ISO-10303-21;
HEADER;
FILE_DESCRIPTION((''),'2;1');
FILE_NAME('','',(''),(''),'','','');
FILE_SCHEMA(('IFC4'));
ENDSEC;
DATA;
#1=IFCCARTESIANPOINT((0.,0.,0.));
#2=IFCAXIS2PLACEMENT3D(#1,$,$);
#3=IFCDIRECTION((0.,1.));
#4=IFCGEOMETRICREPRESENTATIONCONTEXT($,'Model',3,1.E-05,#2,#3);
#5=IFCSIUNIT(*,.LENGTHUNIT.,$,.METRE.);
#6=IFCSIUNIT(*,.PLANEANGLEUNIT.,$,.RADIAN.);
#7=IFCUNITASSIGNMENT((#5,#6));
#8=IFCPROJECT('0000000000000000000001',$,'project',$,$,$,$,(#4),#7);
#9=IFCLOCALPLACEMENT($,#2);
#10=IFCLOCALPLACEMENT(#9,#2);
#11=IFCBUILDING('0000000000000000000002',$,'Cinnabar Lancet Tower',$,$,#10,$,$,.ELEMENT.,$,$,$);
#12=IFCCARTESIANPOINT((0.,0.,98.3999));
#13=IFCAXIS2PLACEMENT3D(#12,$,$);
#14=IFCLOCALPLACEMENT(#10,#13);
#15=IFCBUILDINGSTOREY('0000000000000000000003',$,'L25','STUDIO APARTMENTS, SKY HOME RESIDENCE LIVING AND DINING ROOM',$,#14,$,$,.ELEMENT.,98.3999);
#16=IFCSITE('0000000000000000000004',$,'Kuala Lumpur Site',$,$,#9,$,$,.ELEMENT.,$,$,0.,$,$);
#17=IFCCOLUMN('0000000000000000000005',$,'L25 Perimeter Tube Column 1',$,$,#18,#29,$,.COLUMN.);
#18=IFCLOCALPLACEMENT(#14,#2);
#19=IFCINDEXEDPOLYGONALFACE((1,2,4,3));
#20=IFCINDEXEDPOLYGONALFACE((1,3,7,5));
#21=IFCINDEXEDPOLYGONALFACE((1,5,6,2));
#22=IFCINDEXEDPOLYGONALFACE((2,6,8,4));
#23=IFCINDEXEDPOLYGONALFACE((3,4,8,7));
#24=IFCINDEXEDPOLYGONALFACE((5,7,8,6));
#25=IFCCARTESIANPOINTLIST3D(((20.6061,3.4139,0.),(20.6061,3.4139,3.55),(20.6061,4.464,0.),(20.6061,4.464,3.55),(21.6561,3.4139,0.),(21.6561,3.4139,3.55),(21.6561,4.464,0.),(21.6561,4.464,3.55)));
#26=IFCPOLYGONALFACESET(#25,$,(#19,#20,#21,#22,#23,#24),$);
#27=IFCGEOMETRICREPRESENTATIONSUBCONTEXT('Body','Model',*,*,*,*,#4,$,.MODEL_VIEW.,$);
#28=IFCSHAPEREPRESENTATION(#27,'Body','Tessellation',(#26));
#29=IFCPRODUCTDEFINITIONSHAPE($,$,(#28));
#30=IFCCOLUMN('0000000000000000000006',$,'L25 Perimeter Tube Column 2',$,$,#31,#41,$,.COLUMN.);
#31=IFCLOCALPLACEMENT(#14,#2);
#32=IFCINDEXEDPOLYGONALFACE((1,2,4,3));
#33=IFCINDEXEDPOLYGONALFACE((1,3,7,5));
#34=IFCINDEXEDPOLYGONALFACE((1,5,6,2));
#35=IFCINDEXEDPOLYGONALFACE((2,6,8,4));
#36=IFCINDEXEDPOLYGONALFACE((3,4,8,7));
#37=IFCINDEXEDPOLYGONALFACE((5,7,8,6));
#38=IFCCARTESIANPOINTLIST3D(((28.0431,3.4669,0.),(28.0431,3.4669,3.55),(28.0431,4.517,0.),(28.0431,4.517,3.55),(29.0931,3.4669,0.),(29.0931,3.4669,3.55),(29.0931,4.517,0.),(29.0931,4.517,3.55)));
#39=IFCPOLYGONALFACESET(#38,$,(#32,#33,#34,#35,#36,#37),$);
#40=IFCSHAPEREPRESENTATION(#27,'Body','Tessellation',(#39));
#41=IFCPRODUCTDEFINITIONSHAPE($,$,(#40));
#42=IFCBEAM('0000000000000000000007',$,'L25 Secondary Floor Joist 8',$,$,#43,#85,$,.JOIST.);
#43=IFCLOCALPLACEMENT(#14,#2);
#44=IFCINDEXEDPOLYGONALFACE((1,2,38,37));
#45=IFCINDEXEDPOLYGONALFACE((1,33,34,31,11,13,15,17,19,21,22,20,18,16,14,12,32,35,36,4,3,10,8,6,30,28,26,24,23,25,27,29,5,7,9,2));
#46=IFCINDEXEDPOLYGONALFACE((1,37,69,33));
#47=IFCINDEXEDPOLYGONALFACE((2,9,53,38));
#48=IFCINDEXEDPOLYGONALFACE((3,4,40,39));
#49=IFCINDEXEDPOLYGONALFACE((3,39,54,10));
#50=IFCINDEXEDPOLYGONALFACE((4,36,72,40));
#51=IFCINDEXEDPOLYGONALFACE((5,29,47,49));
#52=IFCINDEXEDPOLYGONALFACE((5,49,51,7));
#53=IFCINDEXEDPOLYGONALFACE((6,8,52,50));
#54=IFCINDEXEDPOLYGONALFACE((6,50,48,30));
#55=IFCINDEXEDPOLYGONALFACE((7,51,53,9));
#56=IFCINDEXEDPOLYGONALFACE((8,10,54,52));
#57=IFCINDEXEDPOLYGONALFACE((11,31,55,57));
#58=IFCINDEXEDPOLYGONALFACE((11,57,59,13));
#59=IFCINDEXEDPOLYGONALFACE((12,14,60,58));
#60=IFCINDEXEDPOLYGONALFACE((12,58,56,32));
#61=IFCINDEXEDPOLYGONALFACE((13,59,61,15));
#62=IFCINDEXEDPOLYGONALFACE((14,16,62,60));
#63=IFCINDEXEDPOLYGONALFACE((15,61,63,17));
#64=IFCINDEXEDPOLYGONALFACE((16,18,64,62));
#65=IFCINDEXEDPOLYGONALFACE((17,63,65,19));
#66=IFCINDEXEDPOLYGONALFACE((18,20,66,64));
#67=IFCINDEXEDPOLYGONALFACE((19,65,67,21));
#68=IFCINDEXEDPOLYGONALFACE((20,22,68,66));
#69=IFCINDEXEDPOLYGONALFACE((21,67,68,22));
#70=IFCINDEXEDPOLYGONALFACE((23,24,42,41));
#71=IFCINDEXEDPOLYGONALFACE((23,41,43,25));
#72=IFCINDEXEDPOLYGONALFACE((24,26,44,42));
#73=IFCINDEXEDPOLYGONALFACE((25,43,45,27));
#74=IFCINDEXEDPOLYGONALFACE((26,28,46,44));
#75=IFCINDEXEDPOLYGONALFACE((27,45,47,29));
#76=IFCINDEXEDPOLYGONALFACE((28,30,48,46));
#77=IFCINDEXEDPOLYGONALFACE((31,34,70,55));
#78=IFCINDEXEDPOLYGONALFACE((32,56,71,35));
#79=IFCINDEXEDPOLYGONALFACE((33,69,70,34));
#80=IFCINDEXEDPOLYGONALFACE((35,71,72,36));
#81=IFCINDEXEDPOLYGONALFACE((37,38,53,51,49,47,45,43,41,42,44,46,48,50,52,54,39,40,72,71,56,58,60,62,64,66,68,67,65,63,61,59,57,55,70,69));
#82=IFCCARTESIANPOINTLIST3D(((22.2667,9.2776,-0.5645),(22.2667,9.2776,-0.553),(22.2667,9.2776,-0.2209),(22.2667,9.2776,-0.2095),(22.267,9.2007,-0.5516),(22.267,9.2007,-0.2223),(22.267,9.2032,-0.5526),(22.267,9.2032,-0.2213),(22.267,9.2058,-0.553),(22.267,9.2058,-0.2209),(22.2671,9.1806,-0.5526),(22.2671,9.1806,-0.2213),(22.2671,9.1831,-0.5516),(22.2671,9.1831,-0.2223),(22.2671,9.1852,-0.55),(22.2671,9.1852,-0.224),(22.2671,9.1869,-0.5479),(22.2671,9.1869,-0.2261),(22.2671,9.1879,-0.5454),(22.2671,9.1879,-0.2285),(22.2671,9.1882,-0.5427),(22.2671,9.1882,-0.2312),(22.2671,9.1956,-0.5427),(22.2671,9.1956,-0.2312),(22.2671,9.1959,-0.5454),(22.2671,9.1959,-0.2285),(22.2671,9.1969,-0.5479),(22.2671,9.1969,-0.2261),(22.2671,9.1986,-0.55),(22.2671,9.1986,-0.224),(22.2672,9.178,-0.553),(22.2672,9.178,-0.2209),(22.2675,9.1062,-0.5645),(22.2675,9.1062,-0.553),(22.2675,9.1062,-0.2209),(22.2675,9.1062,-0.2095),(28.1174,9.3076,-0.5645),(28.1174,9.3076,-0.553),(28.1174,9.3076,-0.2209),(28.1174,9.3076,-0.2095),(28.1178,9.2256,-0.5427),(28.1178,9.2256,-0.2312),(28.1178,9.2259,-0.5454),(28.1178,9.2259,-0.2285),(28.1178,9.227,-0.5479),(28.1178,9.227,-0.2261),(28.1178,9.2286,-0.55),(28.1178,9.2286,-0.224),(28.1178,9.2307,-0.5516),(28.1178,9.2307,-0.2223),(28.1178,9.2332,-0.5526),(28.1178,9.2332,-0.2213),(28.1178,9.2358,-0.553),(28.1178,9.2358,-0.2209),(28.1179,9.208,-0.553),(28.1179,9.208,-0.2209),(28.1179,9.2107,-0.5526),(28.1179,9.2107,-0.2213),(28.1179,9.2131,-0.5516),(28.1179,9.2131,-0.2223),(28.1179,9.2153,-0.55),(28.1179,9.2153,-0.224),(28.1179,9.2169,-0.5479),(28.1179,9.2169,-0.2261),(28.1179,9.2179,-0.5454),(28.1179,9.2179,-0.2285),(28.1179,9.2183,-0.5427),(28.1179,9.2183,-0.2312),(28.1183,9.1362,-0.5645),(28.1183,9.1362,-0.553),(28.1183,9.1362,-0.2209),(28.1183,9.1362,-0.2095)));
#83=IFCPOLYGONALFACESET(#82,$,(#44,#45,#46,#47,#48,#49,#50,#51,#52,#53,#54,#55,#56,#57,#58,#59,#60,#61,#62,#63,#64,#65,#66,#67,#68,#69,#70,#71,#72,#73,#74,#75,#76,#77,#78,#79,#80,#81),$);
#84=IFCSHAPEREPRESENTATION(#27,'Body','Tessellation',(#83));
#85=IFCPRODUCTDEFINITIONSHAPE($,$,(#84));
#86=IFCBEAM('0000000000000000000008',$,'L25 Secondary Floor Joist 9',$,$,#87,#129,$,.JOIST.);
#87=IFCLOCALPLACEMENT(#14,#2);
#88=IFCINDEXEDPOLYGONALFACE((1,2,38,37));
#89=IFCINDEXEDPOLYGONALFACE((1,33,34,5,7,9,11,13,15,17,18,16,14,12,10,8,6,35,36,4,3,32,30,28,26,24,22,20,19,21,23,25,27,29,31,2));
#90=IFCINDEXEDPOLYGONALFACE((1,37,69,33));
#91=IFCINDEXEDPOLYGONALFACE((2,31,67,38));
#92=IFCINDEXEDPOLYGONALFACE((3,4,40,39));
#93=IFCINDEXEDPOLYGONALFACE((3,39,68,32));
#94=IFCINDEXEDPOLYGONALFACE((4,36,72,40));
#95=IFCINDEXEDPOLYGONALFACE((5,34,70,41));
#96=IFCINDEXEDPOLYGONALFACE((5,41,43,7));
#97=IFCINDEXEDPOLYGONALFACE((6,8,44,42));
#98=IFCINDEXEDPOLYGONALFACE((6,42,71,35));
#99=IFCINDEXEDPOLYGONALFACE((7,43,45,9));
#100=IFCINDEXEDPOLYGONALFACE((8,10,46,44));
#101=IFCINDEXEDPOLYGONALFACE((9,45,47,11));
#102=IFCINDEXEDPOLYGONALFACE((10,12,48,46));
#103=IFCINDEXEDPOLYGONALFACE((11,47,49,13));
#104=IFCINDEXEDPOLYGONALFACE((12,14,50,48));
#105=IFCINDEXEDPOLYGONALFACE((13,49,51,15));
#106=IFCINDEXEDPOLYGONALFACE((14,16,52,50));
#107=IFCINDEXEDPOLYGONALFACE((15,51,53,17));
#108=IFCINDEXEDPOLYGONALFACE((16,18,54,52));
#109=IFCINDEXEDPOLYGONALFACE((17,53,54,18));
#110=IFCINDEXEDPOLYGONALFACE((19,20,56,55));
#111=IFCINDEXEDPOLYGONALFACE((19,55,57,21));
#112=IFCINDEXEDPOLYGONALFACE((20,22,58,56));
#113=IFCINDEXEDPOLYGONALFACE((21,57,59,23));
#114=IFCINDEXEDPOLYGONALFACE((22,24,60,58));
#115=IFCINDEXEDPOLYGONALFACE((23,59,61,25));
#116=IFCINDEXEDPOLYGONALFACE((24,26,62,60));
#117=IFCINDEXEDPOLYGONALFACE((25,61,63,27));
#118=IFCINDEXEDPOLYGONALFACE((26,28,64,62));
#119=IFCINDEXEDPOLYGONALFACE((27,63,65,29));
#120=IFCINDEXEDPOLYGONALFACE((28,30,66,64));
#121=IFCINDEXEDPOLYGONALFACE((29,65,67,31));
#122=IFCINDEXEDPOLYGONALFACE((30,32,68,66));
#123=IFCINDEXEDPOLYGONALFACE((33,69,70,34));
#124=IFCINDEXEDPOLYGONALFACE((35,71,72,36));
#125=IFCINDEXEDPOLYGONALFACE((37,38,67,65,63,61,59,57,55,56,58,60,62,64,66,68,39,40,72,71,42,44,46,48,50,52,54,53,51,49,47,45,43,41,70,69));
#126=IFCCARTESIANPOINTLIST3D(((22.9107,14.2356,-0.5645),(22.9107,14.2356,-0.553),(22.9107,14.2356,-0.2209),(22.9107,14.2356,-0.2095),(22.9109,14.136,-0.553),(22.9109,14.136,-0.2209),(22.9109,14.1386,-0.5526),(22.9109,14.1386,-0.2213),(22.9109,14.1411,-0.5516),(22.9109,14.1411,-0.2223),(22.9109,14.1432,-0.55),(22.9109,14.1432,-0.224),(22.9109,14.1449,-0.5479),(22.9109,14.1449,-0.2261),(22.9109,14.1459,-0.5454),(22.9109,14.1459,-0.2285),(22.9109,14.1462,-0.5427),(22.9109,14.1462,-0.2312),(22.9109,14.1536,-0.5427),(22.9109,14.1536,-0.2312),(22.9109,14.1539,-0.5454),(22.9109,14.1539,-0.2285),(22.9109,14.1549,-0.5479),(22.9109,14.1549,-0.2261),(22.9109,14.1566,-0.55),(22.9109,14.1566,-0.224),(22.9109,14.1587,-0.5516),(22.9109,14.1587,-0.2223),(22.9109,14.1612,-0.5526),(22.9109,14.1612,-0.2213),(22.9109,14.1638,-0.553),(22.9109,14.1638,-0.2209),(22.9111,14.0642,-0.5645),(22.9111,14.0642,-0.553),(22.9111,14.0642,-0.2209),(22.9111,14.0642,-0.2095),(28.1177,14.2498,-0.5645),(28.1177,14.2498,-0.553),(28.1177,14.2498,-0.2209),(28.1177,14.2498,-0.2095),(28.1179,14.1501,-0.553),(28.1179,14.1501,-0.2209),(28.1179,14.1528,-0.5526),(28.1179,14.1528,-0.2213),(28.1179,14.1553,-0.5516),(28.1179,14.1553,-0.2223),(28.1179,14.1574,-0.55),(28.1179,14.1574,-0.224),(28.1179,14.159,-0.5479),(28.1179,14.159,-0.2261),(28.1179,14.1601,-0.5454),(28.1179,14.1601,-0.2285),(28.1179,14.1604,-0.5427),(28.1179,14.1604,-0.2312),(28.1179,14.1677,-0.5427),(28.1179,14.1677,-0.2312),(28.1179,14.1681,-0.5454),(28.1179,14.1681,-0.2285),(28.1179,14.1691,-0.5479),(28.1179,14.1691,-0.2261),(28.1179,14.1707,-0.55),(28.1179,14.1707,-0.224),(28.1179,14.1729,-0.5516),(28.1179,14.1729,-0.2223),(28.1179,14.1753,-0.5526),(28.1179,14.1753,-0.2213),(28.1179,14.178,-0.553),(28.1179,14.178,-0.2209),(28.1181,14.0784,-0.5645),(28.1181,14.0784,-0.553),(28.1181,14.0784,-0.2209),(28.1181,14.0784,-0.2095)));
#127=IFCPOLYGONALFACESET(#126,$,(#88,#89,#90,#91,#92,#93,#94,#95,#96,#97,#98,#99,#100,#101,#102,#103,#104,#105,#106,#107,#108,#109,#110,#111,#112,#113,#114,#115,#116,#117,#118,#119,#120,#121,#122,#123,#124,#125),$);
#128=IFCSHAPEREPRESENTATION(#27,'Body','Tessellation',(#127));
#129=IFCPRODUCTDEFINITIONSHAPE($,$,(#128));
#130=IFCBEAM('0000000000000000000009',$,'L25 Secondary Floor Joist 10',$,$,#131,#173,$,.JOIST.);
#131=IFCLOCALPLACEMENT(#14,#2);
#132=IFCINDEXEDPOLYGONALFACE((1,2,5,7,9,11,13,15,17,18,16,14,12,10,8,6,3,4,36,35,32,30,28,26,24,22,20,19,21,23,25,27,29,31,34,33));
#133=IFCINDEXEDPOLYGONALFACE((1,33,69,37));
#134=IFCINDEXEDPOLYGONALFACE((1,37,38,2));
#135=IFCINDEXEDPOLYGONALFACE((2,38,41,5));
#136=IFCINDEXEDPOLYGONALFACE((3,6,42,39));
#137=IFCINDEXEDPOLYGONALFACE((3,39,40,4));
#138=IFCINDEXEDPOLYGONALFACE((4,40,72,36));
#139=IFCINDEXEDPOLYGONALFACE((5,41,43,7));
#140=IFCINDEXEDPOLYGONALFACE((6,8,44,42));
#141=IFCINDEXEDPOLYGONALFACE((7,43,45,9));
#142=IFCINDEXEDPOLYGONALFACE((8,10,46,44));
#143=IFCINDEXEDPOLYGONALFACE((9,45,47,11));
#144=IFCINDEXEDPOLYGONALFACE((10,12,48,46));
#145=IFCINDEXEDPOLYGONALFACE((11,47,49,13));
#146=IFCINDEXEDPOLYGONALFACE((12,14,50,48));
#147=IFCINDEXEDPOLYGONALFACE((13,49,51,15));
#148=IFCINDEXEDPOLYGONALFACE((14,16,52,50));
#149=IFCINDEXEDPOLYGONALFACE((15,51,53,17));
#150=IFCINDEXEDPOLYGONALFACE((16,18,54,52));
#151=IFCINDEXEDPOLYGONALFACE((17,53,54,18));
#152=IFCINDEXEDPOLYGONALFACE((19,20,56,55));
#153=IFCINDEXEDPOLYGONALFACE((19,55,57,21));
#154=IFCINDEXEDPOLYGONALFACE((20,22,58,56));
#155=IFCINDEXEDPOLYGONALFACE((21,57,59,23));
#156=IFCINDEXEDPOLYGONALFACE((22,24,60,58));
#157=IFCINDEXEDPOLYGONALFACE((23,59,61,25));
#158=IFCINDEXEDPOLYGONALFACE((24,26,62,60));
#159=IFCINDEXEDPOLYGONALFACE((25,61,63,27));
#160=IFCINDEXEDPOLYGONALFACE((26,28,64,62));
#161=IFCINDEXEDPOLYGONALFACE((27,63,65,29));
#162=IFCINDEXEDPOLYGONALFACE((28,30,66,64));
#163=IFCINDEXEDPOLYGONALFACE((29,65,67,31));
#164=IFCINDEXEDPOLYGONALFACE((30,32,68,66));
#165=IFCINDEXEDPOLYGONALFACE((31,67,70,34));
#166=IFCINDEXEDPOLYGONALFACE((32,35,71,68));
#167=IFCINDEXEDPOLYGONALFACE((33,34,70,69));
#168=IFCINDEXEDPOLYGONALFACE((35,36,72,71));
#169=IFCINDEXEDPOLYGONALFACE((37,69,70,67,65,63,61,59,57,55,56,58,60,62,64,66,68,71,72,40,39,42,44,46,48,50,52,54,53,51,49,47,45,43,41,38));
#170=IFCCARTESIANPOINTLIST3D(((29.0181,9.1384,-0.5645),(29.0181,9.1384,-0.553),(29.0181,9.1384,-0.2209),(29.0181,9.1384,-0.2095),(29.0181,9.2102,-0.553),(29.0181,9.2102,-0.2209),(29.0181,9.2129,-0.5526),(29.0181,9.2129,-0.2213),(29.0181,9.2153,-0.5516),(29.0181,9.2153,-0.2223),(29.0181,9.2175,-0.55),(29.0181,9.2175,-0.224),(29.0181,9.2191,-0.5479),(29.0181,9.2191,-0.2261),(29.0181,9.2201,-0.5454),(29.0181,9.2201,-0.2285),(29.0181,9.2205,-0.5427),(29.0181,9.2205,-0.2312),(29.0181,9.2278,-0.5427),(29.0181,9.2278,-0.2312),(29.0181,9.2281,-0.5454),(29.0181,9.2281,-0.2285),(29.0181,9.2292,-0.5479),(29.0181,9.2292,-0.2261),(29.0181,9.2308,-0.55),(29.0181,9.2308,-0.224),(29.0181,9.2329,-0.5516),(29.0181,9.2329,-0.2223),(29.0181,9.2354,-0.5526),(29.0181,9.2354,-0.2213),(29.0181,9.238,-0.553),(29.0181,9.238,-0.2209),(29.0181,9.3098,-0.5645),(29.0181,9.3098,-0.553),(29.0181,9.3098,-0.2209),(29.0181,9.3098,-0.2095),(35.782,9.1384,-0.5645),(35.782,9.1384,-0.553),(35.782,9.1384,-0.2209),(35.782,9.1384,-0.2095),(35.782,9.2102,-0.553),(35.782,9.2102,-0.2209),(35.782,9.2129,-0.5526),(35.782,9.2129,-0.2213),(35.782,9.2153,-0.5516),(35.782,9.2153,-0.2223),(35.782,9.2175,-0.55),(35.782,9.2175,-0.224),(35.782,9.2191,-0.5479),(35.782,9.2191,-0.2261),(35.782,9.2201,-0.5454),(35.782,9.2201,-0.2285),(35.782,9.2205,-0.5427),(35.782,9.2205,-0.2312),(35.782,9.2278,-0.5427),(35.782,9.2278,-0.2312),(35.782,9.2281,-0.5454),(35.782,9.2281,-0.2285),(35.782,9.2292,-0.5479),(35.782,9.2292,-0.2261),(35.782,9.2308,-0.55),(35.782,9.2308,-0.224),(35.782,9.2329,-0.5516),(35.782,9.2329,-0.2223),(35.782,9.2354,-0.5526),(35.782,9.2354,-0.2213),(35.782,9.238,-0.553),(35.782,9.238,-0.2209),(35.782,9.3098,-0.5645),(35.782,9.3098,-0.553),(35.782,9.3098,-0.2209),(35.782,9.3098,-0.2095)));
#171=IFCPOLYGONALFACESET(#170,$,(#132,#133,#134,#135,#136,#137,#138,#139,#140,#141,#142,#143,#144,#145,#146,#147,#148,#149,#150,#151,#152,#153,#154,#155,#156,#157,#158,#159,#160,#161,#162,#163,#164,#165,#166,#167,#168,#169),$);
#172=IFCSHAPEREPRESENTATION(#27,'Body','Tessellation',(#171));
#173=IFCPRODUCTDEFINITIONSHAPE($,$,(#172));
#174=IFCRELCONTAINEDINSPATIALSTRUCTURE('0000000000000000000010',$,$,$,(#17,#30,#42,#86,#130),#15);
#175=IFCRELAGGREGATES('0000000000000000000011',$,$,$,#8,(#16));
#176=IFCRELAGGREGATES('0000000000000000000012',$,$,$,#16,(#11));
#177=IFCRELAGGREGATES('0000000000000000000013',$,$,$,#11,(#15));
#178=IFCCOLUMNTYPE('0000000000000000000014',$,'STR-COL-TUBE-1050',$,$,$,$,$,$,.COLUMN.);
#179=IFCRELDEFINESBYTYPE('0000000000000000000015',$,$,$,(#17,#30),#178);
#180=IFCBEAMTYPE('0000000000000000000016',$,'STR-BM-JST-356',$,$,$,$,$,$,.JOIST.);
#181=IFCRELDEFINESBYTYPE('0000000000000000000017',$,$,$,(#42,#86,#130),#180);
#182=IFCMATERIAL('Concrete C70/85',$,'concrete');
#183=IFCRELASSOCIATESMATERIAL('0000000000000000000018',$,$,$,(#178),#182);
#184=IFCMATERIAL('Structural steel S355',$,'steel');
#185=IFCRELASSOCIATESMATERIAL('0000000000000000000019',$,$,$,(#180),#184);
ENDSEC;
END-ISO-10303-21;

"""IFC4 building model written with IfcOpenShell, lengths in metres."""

from ifc_helpers import new_model, si_unit, direction, frame, origin, origin_2d, place, context, subcontext, project, spatial, rectangle, i_section, extrude, material, material_profile, profile_set, type_object, element, save


model = new_model("IFC4")

# Units and contexts
model_context = context("Model", 3, precision=1e-05, world=origin(), true_north=direction((0.0, 1.0)))
body_context = subcontext(model_context, "Body", "Model", "MODEL_VIEW")
ifc_project = project(units=[si_unit("LENGTHUNIT", "METRE"), si_unit("PLANEANGLEUNIT", "RADIAN")], contexts=[model_context])

# Site, building, storey
site_placement = place(None, origin())
site = spatial("IfcSite", under=ifc_project, at=site_placement, Name="Kuala Lumpur Site", CompositionType="ELEMENT", RefElevation=0.0)
building_placement = place(site_placement, origin())
building = spatial("IfcBuilding", under=site, at=building_placement, Name="Cinnabar Lancet Tower", CompositionType="ELEMENT")
storey_placement = place(building_placement, frame((0.0, 0.0, 98.3999)))
storey = spatial("IfcBuildingStorey", under=building, at=storey_placement, Name="L25", Description="STUDIO APARTMENTS, SKY HOME RESIDENCE LIVING AND DINING ROOM", CompositionType="ELEMENT", Elevation=98.3999)

# Columns
ifc_material_1 = material(Name="Concrete C70/85", Category="concrete")
ifc_material_profile_1 = material_profile(ifc_material_1, rectangle(XDim=1.05, YDim=1.05, at=origin_2d()), Name="RC-COL 1050x1050")
ifc_profile_set_1 = profile_set([ifc_material_profile_1], Name="Concrete C70/85")
column_type = type_object("IfcColumnType", Name="STR-COL-TUBE-1050", PredefinedType="COLUMN", material=ifc_profile_set_1)
for number, where, z_axis, x_axis, name in (
    (1, (21.1311, 3.939, 0.0), (0.0, 0.0, 1.0), (1.0, 0.0, 0.0), "L25 Perimeter Tube Column 1"),
    (2, (28.5681, 3.9919, 0.0), (0.0, 0.0, 1.0), (1.0, 0.0, 0.0), "L25 Perimeter Tube Column 2"),
):
    element("IfcColumn", number, at=place(storey_placement, frame(where, z_axis=z_axis, x_axis=x_axis)), inside=storey, type_object=column_type, Name=name, PredefinedType="COLUMN", context=body_context, shape_type="SweptSolid", body=[
        extrude(rectangle(XDim=1.05, YDim=1.05, at=origin_2d()), origin(), (0.0, 0.0, 1.0), 3.55),
    ])

# Beams
ifc_material_2 = material(Name="Structural steel S355", Category="steel")
ifc_material_profile_2 = material_profile(ifc_material_2, i_section(OverallWidth=0.1714, OverallDepth=0.355, WebThickness=0.0073, FlangeThickness=0.0115, FilletRadius=0.0103, at=origin_2d()), Name="UKB 356x171x51")
ifc_profile_set_2 = profile_set([ifc_material_profile_2], Name="Structural steel S355")
beam_type_1 = type_object("IfcBeamType", Name="STR-BM-JST-356", PredefinedType="JOIST", material=ifc_profile_set_2)
beam_1_placement = place(storey_placement, frame((22.2671, 9.1919, -0.387), z_axis=(0.999987, 0.005132, 0.0), x_axis=(-0.005132, 0.999987, 0.0)))
element("IfcBeam", 3, at=beam_1_placement, inside=storey, type_object=beam_type_1, Name="L25 Secondary Floor Joist 8", PredefinedType="JOIST", context=body_context, shape_type="SweptSolid", body=[
    extrude(i_section(OverallWidth=0.1714, OverallDepth=0.355, WebThickness=0.0073, FlangeThickness=0.0115, FilletRadius=0.0103, at=origin_2d()), origin(), (0.0, 0.0, 1.0), 5.8508),
])
beam_2_placement = place(storey_placement, frame((22.9109, 14.1499, -0.387), z_axis=(0.999996, 0.002719, 0.0), x_axis=(-0.002719, 0.999996, 0.0)))
element("IfcBeam", 4, at=beam_2_placement, inside=storey, type_object=beam_type_1, Name="L25 Secondary Floor Joist 9", PredefinedType="JOIST", context=body_context, shape_type="SweptSolid", body=[
    extrude(i_section(OverallWidth=0.1714, OverallDepth=0.355, WebThickness=0.0073, FlangeThickness=0.0115, FilletRadius=0.0103, at=origin_2d()), origin(), (0.0, 0.0, 1.0), 5.207),
])
for number, where, z_axis, x_axis, name in (
    (5, (29.0181, 9.2241, -0.387), (1.0, 0.0, 0.0), (0.0, 1.0, 0.0), "L25 Secondary Floor Joist 10"),
):
    element("IfcBeam", number, at=place(storey_placement, frame(where, z_axis=z_axis, x_axis=x_axis)), inside=storey, type_object=beam_type_1, Name=name, PredefinedType="JOIST", context=body_context, shape_type="SweptSolid", body=[
        extrude(i_section(OverallWidth=0.1714, OverallDepth=0.355, WebThickness=0.0073, FlangeThickness=0.0115, FilletRadius=0.0103, at=origin_2d()), origin(), (0.0, 0.0, 1.0), 6.7639),
    ])

save(model, "model.ifc")
